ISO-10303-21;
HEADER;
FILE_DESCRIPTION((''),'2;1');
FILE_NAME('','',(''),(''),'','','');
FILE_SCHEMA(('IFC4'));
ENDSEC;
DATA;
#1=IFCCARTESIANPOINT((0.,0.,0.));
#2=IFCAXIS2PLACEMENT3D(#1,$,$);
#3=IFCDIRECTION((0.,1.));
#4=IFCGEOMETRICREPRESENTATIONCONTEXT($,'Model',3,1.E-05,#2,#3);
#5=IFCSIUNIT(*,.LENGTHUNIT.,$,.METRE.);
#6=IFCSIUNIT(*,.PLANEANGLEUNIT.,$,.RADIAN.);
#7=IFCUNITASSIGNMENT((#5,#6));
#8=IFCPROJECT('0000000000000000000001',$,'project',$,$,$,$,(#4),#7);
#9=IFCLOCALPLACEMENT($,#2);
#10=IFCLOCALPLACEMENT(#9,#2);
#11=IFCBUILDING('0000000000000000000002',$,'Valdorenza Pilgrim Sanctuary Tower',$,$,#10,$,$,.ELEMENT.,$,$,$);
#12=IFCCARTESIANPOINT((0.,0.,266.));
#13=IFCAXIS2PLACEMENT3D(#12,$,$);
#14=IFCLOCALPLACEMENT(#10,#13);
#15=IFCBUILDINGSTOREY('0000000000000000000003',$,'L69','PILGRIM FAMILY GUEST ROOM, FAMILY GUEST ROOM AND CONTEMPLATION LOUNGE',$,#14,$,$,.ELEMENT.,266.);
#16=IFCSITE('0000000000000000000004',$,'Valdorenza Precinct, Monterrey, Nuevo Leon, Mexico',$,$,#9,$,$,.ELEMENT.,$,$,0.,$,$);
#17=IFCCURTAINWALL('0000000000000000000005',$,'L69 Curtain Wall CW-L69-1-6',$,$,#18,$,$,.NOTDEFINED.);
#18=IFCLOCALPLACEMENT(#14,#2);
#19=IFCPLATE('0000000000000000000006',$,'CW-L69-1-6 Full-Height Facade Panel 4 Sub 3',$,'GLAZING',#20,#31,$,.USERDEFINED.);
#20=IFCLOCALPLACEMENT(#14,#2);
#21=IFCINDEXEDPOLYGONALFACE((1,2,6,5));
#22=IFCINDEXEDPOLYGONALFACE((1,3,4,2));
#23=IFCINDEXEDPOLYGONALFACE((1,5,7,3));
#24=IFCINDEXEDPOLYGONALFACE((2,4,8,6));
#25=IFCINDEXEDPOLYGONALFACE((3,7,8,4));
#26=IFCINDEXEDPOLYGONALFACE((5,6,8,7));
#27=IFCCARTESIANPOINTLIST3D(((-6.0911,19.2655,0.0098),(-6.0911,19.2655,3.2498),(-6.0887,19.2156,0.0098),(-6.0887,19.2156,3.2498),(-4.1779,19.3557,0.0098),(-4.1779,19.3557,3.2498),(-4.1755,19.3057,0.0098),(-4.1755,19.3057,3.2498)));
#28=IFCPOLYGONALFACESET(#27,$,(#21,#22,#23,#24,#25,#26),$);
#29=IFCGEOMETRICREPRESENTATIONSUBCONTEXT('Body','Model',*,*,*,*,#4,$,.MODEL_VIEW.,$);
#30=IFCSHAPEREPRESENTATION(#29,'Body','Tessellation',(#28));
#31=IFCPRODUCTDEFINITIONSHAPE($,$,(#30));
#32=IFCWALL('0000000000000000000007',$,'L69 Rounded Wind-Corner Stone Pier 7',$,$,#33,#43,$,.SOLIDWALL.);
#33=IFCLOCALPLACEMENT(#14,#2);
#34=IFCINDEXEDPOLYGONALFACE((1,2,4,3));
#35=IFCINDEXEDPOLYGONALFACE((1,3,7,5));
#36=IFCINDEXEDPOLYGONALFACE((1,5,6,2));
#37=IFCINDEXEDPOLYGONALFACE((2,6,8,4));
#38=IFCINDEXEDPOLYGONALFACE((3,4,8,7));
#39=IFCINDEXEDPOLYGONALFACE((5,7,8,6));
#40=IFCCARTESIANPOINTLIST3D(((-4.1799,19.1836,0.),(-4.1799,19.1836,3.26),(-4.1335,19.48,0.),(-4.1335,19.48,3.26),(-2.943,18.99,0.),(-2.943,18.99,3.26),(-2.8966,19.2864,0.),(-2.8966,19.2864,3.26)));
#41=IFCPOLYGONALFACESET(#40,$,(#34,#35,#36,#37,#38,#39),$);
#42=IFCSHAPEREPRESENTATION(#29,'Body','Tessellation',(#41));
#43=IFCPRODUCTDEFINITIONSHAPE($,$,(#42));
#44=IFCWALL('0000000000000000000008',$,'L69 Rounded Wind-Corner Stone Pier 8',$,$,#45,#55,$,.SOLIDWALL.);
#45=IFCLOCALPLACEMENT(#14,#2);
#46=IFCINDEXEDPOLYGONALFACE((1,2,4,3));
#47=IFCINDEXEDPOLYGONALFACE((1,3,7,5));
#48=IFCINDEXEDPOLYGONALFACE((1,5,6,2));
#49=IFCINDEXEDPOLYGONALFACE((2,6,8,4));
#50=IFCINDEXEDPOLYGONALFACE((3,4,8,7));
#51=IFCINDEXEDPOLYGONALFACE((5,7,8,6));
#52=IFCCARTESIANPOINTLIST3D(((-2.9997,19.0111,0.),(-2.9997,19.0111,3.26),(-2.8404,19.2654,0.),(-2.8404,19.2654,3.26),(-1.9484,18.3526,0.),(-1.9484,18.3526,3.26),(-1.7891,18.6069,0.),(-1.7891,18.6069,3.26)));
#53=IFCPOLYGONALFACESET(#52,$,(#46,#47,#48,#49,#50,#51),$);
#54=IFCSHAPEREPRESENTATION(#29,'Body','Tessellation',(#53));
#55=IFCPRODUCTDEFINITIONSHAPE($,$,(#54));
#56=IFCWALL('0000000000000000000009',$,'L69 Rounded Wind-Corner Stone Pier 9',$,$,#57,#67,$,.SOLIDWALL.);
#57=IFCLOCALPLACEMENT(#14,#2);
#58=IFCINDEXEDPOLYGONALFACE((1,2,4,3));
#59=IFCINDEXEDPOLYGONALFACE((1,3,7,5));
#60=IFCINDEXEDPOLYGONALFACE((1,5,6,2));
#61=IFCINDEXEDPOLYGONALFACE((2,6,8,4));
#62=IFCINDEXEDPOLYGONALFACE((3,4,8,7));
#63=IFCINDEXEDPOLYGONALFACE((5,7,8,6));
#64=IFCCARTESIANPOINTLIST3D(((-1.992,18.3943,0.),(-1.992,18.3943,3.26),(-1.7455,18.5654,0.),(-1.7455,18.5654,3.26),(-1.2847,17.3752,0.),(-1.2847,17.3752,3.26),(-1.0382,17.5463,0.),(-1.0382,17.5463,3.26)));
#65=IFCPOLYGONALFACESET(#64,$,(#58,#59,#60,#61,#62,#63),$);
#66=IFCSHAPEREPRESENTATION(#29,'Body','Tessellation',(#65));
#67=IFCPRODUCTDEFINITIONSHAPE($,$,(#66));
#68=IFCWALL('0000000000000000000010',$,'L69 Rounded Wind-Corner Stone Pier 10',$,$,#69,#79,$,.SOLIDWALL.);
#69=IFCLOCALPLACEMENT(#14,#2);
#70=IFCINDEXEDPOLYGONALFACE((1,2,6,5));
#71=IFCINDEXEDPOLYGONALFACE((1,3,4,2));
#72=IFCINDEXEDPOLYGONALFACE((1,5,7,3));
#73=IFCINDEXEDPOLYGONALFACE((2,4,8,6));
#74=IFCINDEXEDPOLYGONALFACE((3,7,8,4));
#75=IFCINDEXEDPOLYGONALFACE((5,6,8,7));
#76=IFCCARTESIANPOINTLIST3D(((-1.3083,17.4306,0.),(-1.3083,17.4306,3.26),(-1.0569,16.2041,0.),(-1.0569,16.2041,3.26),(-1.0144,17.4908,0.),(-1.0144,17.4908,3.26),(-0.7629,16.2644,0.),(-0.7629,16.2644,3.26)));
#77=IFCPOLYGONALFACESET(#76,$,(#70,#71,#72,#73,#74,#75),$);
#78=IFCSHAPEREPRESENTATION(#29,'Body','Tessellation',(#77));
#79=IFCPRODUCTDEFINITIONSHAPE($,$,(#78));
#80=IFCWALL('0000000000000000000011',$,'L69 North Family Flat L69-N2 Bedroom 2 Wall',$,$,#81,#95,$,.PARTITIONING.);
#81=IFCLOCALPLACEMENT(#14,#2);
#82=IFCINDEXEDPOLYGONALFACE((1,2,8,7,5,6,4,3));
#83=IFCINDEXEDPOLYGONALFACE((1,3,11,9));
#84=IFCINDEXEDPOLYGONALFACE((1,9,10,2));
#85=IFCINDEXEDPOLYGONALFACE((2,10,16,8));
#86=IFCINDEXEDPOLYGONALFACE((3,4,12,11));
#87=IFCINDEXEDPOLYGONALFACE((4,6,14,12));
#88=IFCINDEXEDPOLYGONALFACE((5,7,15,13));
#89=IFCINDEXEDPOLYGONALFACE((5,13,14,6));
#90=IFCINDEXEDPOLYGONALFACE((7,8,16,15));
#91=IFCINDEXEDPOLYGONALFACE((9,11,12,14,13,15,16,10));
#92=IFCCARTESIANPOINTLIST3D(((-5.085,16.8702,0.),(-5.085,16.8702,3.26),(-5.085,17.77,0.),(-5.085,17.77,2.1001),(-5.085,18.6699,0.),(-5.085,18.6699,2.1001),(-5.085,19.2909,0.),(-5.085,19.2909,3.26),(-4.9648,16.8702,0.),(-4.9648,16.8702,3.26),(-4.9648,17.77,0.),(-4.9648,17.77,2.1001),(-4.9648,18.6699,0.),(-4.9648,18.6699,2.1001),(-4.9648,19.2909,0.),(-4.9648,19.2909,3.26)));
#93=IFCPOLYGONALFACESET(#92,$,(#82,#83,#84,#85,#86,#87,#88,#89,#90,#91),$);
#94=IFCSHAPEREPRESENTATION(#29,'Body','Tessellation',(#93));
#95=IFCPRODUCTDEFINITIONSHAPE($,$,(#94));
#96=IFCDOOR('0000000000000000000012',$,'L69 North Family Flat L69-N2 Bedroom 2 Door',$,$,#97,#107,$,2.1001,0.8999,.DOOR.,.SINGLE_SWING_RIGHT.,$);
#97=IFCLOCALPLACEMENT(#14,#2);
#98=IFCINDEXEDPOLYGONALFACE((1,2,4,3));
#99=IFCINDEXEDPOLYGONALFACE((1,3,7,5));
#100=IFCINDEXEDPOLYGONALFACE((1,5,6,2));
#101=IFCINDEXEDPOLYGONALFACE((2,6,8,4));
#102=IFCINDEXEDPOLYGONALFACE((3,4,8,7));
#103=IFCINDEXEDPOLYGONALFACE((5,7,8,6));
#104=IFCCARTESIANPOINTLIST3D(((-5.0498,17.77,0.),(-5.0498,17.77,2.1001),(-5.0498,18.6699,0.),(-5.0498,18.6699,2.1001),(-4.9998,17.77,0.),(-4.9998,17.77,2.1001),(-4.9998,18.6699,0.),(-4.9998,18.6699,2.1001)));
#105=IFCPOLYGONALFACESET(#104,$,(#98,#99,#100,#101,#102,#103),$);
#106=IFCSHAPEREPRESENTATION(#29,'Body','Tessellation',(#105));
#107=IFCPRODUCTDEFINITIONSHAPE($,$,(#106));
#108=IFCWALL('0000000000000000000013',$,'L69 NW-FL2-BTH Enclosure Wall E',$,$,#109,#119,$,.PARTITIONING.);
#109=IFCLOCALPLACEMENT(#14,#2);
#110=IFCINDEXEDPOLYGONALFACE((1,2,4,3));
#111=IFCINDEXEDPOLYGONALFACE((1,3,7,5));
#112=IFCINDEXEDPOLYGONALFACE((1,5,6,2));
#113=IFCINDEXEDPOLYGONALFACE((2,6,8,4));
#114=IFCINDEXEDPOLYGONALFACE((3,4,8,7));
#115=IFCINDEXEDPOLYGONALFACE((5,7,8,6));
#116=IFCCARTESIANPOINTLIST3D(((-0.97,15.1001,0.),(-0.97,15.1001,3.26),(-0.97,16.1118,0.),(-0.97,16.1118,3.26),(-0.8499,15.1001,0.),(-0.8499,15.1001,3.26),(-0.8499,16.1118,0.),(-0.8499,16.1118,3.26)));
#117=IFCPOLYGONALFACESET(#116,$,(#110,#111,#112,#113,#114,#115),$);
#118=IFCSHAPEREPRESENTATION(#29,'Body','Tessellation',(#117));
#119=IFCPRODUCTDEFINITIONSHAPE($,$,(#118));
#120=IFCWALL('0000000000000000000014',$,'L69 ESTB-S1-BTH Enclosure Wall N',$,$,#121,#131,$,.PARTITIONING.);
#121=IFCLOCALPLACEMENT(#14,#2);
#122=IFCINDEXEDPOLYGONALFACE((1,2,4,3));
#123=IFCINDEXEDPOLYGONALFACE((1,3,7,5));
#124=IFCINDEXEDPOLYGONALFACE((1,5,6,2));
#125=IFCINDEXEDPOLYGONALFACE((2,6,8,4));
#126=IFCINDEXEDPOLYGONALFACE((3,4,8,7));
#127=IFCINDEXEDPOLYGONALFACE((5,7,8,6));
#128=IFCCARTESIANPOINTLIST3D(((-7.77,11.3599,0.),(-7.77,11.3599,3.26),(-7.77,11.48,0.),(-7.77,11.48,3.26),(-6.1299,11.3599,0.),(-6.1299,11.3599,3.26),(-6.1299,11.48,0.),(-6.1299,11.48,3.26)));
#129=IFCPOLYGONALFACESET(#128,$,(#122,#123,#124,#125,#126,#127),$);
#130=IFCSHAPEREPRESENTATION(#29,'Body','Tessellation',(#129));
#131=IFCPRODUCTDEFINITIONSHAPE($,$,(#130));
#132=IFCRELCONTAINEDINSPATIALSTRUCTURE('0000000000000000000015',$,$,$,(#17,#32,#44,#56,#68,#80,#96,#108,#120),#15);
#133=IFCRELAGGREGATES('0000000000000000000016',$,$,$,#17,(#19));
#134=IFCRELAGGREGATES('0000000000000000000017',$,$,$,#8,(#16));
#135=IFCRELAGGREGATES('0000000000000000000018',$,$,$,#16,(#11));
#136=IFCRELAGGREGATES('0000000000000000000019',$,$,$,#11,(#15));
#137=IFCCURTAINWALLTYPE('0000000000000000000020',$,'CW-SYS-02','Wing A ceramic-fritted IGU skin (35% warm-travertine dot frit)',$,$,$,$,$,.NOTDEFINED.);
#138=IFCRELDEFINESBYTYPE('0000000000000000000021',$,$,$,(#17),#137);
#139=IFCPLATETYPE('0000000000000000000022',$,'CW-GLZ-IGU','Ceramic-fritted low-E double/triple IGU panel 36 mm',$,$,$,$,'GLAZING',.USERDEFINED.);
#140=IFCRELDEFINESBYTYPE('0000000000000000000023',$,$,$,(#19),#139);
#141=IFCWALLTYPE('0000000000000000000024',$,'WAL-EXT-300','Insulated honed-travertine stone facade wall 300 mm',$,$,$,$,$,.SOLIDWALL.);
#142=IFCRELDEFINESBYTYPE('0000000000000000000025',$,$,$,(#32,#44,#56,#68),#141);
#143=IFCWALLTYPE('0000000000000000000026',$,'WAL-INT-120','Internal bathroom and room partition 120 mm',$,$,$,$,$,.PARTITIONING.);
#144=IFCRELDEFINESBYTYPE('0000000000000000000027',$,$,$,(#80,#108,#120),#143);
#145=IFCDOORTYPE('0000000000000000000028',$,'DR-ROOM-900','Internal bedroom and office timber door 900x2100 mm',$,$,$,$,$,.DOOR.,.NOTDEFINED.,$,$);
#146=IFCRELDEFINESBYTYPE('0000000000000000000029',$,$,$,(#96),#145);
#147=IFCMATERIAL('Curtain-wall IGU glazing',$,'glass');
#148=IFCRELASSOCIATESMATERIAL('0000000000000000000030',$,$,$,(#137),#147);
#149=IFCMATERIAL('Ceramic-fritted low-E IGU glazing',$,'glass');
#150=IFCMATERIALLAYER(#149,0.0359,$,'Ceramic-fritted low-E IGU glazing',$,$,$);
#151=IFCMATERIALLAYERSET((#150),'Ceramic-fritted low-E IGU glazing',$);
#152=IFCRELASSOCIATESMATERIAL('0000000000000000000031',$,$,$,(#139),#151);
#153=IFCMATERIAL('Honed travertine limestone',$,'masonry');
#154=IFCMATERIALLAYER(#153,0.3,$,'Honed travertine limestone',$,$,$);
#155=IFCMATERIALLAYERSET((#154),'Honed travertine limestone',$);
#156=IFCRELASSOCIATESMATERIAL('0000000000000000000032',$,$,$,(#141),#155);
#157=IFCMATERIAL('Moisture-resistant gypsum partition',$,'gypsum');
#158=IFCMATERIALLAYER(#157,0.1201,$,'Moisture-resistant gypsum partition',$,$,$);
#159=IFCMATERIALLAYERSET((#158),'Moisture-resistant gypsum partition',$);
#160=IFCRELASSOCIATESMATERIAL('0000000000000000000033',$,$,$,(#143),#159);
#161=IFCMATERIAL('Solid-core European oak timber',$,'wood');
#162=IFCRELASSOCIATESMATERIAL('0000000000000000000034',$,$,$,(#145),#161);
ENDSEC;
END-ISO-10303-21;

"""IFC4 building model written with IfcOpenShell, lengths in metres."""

from ifc_helpers import new_model, si_unit, direction, frame, frame_2d, origin, origin_2d, place, context, subcontext, project, spatial, rectangle, extrude, source, transform, mapped, material, layer, layer_set, type_object, element, fill, aggregate, save


model = new_model("IFC4")

# Units and contexts
model_context = context("Model", 3, precision=1e-05, world=origin(), true_north=direction((0.0, 1.0)))
body_context = subcontext(model_context, "Body", "Model", "MODEL_VIEW")
ifc_project = project(units=[si_unit("LENGTHUNIT", "METRE"), si_unit("PLANEANGLEUNIT", "RADIAN")], contexts=[model_context])

# Site, building, storey
site_placement = place(None, origin())
site = spatial("IfcSite", under=ifc_project, at=site_placement, Name="Valdorenza Precinct, Monterrey, Nuevo Leon, Mexico", CompositionType="ELEMENT", RefElevation=0.0)
building_placement = place(site_placement, origin())
building = spatial("IfcBuilding", under=site, at=building_placement, Name="Valdorenza Pilgrim Sanctuary Tower", CompositionType="ELEMENT")
storey_placement = place(building_placement, frame((0.0, 0.0, 266.0)))
storey = spatial("IfcBuildingStorey", under=building, at=storey_placement, Name="L69", Description="PILGRIM FAMILY GUEST ROOM, FAMILY GUEST ROOM AND CONTEMPLATION LOUNGE", CompositionType="ELEMENT", Elevation=266.0)

# Curtain wall
ifc_material_1 = material(Name="Curtain-wall IGU glazing", Category="glass")
curtain_wall_type = type_object("IfcCurtainWallType", Name="CW-SYS-02", Description="Wing A ceramic-fritted IGU skin (35% warm-travertine dot frit)", PredefinedType="NOTDEFINED", material=ifc_material_1)
curtain_wall_1_placement = place(storey_placement, origin())
curtain_wall_1 = element("IfcCurtainWall", 1, at=curtain_wall_1_placement, inside=storey, type_object=curtain_wall_type, Name="L69 Curtain Wall CW-L69-1-6", PredefinedType="NOTDEFINED")

# Plate
ifc_material_2 = material(Name="Honed travertine limestone", Category="masonry")
ifc_material_3 = material(Name="Ceramic-fritted low-E IGU glazing", Category="glass")
ifc_layer_1 = layer(ifc_material_3, 0.0359, Name="Ceramic-fritted low-E IGU glazing")
ifc_layer_set_1 = layer_set([ifc_layer_1], Name="Ceramic-fritted low-E IGU glazing")
plate_type_1 = type_object("IfcPlateType", Name="CW-GLZ-IGU", Description="Ceramic-fritted low-E double/triple IGU panel 36 mm", ElementType="GLAZING", PredefinedType="USERDEFINED", material=ifc_layer_set_1)
shared_shape_1 = source(origin(), body_context, "Body", "SweptSolid", [
    extrude(rectangle(XDim=1.9153, YDim=0.05, at=origin_2d()), origin(), (0.0, 0.0, 1.0), 3.24),
])
plate_1_placement = place(storey_placement, frame((-5.1333, 19.2856, 0.0098), z_axis=(0.0, 0.0, 1.0), x_axis=(0.998891, 0.047089, 0.0)))
plate_1 = element("IfcPlate", 2, at=plate_1_placement, type_object=plate_type_1, Name="CW-L69-1-6 Full-Height Facade Panel 4 Sub 3", ObjectType="GLAZING", PredefinedType="USERDEFINED", context=body_context, shape_type="MappedRepresentation", body=[
    mapped(shared_shape_1, transform((0.0, 0.0, 0.0), x_axis=(1.0, 0.0, 0.0), y_axis=(0.0, 1.0, 0.0), z_axis=(0.0, 0.0, 1.0), scale=1.0)),
])
aggregate(curtain_wall_1, [plate_1])

# Walls
ifc_layer_2 = layer(ifc_material_2, 0.3, Name="Honed travertine limestone")
ifc_layer_set_2 = layer_set([ifc_layer_2], Name="Honed travertine limestone")
wall_type_1 = type_object("IfcWallType", Name="WAL-EXT-300", Description="Insulated honed-travertine stone facade wall 300 mm", PredefinedType="SOLIDWALL", material=ifc_layer_set_2)
wall_1_placement = place(storey_placement, frame((-4.1567, 19.3318, 0.0), z_axis=(0.0, 0.0, 1.0), x_axis=(0.987969, -0.154651, 0.0)))
element("IfcWall", 3, at=wall_1_placement, inside=storey, type_object=wall_type_1, Name="L69 Rounded Wind-Corner Stone Pier 7", PredefinedType="SOLIDWALL", context=body_context, shape_type="SweptSolid", body=[
    extrude(rectangle(XDim=1.252, YDim=0.3, at=frame_2d((0.626, 0.0))), origin(), (0.0, 0.0, 1.0), 3.26),
])
for number, where, z_axis, x_axis, name in (
    (4, (-2.9199, 19.1382, 0.0), (0.0, 0.0, 1.0), (0.847489, -0.530812, 0.0), "L69 Rounded Wind-Corner Stone Pier 8"),
    (5, (-1.8687, 18.4797, 0.0), (0.0, 0.0, 1.0), (0.570182, -0.821518, 0.0), "L69 Rounded Wind-Corner Stone Pier 9"),
):
    element("IfcWall", number, at=place(storey_placement, frame(where, z_axis=z_axis, x_axis=x_axis)), inside=storey, type_object=wall_type_1, Name=name, PredefinedType="SOLIDWALL", context=body_context, shape_type="SweptSolid", body=[
        extrude(rectangle(XDim=1.2405, YDim=0.3, at=frame_2d((0.6201, 0.0))), origin(), (0.0, 0.0, 1.0), 3.26),
    ])
wall_2_placement = place(storey_placement, frame((-1.1614, 17.4607, 0.0), z_axis=(0.0, 0.0, 1.0), x_axis=(0.200877, -0.979616, 0.0)))
element("IfcWall", 6, at=wall_2_placement, inside=storey, type_object=wall_type_1, Name="L69 Rounded Wind-Corner Stone Pier 10", PredefinedType="SOLIDWALL", context=body_context, shape_type="SweptSolid", body=[
    extrude(rectangle(XDim=1.252, YDim=0.3, at=frame_2d((0.626, 0.0))), origin(), (0.0, 0.0, 1.0), 3.26),
])

# Wall, opening, door
ifc_material_4 = material(Name="Moisture-resistant gypsum partition", Category="gypsum")
ifc_layer_3 = layer(ifc_material_4, 0.1201, Name="Moisture-resistant gypsum partition")
ifc_layer_set_3 = layer_set([ifc_layer_3], Name="Moisture-resistant gypsum partition")
wall_type_2 = type_object("IfcWallType", Name="WAL-INT-120", Description="Internal bathroom and room partition 120 mm", PredefinedType="PARTITIONING", material=ifc_layer_set_3)
wall_3_placement = place(storey_placement, frame((-5.0249, 16.8701, 0.0), z_axis=(0.0, 0.0, 1.0), x_axis=(0.0, 1.0, 0.0)))
wall_3 = element("IfcWall", 7, at=wall_3_placement, inside=storey, type_object=wall_type_2, Name="L69 North Family Flat L69-N2 Bedroom 2 Wall", PredefinedType="PARTITIONING", context=body_context, shape_type="SweptSolid", body=[
    extrude(rectangle(XDim=2.4207, YDim=0.1201, at=frame_2d((1.2104, 0.0))), origin(), (0.0, 0.0, 1.0), 3.26),
])
opening_placement = place(wall_3_placement, frame((0.8999, 0.0, 0.0)))
opening = element("IfcOpeningElement", 8, at=opening_placement, cuts=wall_3, PredefinedType="OPENING", context=body_context, shape_type="SweptSolid", body=[
    extrude(rectangle(XDim=0.8999, YDim=2.1001, at=frame_2d((0.45, 1.05))), frame((0.0, 0.075, 0.0), z_axis=(0.0, -1.0, 0.0), x_axis=(1.0, 0.0, 0.0)), (0.0, 0.0, 1.0), 0.1499),
])
ifc_material_5 = material(Name="Solid-core European oak timber", Category="wood")
door_type = type_object("IfcDoorType", Name="DR-ROOM-900", Description="Internal bedroom and office timber door 900x2100 mm", OperationType="NOTDEFINED", PredefinedType="DOOR", material=ifc_material_5)
door_placement = place(opening_placement, origin())
door = element("IfcDoor", 9, at=door_placement, inside=storey, type_object=door_type, Name="L69 North Family Flat L69-N2 Bedroom 2 Door", OperationType="SINGLE_SWING_RIGHT", OverallHeight=2.1001, OverallWidth=0.8999, PredefinedType="DOOR", context=body_context, shape_type="SweptSolid", body=[
    extrude(rectangle(XDim=0.8999, YDim=2.1001, at=frame_2d((0.45, 1.05))), frame((0.0, 0.0249, 0.0), z_axis=(0.0, -1.0, 0.0), x_axis=(1.0, 0.0, 0.0)), (0.0, 0.0, 1.0), 0.05),
])
fill(opening, door)

# Walls
wall_4_placement = place(storey_placement, frame((-0.9099, 15.1001, 0.0), z_axis=(0.0, 0.0, 1.0), x_axis=(0.0, 1.0, 0.0)))
element("IfcWall", 10, at=wall_4_placement, inside=storey, type_object=wall_type_2, Name="L69 NW-FL2-BTH Enclosure Wall E", PredefinedType="PARTITIONING", context=body_context, shape_type="SweptSolid", body=[
    extrude(rectangle(XDim=1.0117, YDim=0.1201, at=frame_2d((0.5059, 0.0))), origin(), (0.0, 0.0, 1.0), 3.26),
])
wall_5_placement = place(storey_placement, frame((-7.77, 11.4199, 0.0), z_axis=(0.0, 0.0, 1.0), x_axis=(1.0, 0.0, 0.0)))
element("IfcWall", 11, at=wall_5_placement, inside=storey, type_object=wall_type_2, Name="L69 ESTB-S1-BTH Enclosure Wall N", PredefinedType="PARTITIONING", context=body_context, shape_type="SweptSolid", body=[
    extrude(rectangle(XDim=1.6401, YDim=0.1201, at=frame_2d((0.8201, 0.0))), origin(), (0.0, 0.0, 1.0), 3.26),
])

save(model, "model.ifc")
